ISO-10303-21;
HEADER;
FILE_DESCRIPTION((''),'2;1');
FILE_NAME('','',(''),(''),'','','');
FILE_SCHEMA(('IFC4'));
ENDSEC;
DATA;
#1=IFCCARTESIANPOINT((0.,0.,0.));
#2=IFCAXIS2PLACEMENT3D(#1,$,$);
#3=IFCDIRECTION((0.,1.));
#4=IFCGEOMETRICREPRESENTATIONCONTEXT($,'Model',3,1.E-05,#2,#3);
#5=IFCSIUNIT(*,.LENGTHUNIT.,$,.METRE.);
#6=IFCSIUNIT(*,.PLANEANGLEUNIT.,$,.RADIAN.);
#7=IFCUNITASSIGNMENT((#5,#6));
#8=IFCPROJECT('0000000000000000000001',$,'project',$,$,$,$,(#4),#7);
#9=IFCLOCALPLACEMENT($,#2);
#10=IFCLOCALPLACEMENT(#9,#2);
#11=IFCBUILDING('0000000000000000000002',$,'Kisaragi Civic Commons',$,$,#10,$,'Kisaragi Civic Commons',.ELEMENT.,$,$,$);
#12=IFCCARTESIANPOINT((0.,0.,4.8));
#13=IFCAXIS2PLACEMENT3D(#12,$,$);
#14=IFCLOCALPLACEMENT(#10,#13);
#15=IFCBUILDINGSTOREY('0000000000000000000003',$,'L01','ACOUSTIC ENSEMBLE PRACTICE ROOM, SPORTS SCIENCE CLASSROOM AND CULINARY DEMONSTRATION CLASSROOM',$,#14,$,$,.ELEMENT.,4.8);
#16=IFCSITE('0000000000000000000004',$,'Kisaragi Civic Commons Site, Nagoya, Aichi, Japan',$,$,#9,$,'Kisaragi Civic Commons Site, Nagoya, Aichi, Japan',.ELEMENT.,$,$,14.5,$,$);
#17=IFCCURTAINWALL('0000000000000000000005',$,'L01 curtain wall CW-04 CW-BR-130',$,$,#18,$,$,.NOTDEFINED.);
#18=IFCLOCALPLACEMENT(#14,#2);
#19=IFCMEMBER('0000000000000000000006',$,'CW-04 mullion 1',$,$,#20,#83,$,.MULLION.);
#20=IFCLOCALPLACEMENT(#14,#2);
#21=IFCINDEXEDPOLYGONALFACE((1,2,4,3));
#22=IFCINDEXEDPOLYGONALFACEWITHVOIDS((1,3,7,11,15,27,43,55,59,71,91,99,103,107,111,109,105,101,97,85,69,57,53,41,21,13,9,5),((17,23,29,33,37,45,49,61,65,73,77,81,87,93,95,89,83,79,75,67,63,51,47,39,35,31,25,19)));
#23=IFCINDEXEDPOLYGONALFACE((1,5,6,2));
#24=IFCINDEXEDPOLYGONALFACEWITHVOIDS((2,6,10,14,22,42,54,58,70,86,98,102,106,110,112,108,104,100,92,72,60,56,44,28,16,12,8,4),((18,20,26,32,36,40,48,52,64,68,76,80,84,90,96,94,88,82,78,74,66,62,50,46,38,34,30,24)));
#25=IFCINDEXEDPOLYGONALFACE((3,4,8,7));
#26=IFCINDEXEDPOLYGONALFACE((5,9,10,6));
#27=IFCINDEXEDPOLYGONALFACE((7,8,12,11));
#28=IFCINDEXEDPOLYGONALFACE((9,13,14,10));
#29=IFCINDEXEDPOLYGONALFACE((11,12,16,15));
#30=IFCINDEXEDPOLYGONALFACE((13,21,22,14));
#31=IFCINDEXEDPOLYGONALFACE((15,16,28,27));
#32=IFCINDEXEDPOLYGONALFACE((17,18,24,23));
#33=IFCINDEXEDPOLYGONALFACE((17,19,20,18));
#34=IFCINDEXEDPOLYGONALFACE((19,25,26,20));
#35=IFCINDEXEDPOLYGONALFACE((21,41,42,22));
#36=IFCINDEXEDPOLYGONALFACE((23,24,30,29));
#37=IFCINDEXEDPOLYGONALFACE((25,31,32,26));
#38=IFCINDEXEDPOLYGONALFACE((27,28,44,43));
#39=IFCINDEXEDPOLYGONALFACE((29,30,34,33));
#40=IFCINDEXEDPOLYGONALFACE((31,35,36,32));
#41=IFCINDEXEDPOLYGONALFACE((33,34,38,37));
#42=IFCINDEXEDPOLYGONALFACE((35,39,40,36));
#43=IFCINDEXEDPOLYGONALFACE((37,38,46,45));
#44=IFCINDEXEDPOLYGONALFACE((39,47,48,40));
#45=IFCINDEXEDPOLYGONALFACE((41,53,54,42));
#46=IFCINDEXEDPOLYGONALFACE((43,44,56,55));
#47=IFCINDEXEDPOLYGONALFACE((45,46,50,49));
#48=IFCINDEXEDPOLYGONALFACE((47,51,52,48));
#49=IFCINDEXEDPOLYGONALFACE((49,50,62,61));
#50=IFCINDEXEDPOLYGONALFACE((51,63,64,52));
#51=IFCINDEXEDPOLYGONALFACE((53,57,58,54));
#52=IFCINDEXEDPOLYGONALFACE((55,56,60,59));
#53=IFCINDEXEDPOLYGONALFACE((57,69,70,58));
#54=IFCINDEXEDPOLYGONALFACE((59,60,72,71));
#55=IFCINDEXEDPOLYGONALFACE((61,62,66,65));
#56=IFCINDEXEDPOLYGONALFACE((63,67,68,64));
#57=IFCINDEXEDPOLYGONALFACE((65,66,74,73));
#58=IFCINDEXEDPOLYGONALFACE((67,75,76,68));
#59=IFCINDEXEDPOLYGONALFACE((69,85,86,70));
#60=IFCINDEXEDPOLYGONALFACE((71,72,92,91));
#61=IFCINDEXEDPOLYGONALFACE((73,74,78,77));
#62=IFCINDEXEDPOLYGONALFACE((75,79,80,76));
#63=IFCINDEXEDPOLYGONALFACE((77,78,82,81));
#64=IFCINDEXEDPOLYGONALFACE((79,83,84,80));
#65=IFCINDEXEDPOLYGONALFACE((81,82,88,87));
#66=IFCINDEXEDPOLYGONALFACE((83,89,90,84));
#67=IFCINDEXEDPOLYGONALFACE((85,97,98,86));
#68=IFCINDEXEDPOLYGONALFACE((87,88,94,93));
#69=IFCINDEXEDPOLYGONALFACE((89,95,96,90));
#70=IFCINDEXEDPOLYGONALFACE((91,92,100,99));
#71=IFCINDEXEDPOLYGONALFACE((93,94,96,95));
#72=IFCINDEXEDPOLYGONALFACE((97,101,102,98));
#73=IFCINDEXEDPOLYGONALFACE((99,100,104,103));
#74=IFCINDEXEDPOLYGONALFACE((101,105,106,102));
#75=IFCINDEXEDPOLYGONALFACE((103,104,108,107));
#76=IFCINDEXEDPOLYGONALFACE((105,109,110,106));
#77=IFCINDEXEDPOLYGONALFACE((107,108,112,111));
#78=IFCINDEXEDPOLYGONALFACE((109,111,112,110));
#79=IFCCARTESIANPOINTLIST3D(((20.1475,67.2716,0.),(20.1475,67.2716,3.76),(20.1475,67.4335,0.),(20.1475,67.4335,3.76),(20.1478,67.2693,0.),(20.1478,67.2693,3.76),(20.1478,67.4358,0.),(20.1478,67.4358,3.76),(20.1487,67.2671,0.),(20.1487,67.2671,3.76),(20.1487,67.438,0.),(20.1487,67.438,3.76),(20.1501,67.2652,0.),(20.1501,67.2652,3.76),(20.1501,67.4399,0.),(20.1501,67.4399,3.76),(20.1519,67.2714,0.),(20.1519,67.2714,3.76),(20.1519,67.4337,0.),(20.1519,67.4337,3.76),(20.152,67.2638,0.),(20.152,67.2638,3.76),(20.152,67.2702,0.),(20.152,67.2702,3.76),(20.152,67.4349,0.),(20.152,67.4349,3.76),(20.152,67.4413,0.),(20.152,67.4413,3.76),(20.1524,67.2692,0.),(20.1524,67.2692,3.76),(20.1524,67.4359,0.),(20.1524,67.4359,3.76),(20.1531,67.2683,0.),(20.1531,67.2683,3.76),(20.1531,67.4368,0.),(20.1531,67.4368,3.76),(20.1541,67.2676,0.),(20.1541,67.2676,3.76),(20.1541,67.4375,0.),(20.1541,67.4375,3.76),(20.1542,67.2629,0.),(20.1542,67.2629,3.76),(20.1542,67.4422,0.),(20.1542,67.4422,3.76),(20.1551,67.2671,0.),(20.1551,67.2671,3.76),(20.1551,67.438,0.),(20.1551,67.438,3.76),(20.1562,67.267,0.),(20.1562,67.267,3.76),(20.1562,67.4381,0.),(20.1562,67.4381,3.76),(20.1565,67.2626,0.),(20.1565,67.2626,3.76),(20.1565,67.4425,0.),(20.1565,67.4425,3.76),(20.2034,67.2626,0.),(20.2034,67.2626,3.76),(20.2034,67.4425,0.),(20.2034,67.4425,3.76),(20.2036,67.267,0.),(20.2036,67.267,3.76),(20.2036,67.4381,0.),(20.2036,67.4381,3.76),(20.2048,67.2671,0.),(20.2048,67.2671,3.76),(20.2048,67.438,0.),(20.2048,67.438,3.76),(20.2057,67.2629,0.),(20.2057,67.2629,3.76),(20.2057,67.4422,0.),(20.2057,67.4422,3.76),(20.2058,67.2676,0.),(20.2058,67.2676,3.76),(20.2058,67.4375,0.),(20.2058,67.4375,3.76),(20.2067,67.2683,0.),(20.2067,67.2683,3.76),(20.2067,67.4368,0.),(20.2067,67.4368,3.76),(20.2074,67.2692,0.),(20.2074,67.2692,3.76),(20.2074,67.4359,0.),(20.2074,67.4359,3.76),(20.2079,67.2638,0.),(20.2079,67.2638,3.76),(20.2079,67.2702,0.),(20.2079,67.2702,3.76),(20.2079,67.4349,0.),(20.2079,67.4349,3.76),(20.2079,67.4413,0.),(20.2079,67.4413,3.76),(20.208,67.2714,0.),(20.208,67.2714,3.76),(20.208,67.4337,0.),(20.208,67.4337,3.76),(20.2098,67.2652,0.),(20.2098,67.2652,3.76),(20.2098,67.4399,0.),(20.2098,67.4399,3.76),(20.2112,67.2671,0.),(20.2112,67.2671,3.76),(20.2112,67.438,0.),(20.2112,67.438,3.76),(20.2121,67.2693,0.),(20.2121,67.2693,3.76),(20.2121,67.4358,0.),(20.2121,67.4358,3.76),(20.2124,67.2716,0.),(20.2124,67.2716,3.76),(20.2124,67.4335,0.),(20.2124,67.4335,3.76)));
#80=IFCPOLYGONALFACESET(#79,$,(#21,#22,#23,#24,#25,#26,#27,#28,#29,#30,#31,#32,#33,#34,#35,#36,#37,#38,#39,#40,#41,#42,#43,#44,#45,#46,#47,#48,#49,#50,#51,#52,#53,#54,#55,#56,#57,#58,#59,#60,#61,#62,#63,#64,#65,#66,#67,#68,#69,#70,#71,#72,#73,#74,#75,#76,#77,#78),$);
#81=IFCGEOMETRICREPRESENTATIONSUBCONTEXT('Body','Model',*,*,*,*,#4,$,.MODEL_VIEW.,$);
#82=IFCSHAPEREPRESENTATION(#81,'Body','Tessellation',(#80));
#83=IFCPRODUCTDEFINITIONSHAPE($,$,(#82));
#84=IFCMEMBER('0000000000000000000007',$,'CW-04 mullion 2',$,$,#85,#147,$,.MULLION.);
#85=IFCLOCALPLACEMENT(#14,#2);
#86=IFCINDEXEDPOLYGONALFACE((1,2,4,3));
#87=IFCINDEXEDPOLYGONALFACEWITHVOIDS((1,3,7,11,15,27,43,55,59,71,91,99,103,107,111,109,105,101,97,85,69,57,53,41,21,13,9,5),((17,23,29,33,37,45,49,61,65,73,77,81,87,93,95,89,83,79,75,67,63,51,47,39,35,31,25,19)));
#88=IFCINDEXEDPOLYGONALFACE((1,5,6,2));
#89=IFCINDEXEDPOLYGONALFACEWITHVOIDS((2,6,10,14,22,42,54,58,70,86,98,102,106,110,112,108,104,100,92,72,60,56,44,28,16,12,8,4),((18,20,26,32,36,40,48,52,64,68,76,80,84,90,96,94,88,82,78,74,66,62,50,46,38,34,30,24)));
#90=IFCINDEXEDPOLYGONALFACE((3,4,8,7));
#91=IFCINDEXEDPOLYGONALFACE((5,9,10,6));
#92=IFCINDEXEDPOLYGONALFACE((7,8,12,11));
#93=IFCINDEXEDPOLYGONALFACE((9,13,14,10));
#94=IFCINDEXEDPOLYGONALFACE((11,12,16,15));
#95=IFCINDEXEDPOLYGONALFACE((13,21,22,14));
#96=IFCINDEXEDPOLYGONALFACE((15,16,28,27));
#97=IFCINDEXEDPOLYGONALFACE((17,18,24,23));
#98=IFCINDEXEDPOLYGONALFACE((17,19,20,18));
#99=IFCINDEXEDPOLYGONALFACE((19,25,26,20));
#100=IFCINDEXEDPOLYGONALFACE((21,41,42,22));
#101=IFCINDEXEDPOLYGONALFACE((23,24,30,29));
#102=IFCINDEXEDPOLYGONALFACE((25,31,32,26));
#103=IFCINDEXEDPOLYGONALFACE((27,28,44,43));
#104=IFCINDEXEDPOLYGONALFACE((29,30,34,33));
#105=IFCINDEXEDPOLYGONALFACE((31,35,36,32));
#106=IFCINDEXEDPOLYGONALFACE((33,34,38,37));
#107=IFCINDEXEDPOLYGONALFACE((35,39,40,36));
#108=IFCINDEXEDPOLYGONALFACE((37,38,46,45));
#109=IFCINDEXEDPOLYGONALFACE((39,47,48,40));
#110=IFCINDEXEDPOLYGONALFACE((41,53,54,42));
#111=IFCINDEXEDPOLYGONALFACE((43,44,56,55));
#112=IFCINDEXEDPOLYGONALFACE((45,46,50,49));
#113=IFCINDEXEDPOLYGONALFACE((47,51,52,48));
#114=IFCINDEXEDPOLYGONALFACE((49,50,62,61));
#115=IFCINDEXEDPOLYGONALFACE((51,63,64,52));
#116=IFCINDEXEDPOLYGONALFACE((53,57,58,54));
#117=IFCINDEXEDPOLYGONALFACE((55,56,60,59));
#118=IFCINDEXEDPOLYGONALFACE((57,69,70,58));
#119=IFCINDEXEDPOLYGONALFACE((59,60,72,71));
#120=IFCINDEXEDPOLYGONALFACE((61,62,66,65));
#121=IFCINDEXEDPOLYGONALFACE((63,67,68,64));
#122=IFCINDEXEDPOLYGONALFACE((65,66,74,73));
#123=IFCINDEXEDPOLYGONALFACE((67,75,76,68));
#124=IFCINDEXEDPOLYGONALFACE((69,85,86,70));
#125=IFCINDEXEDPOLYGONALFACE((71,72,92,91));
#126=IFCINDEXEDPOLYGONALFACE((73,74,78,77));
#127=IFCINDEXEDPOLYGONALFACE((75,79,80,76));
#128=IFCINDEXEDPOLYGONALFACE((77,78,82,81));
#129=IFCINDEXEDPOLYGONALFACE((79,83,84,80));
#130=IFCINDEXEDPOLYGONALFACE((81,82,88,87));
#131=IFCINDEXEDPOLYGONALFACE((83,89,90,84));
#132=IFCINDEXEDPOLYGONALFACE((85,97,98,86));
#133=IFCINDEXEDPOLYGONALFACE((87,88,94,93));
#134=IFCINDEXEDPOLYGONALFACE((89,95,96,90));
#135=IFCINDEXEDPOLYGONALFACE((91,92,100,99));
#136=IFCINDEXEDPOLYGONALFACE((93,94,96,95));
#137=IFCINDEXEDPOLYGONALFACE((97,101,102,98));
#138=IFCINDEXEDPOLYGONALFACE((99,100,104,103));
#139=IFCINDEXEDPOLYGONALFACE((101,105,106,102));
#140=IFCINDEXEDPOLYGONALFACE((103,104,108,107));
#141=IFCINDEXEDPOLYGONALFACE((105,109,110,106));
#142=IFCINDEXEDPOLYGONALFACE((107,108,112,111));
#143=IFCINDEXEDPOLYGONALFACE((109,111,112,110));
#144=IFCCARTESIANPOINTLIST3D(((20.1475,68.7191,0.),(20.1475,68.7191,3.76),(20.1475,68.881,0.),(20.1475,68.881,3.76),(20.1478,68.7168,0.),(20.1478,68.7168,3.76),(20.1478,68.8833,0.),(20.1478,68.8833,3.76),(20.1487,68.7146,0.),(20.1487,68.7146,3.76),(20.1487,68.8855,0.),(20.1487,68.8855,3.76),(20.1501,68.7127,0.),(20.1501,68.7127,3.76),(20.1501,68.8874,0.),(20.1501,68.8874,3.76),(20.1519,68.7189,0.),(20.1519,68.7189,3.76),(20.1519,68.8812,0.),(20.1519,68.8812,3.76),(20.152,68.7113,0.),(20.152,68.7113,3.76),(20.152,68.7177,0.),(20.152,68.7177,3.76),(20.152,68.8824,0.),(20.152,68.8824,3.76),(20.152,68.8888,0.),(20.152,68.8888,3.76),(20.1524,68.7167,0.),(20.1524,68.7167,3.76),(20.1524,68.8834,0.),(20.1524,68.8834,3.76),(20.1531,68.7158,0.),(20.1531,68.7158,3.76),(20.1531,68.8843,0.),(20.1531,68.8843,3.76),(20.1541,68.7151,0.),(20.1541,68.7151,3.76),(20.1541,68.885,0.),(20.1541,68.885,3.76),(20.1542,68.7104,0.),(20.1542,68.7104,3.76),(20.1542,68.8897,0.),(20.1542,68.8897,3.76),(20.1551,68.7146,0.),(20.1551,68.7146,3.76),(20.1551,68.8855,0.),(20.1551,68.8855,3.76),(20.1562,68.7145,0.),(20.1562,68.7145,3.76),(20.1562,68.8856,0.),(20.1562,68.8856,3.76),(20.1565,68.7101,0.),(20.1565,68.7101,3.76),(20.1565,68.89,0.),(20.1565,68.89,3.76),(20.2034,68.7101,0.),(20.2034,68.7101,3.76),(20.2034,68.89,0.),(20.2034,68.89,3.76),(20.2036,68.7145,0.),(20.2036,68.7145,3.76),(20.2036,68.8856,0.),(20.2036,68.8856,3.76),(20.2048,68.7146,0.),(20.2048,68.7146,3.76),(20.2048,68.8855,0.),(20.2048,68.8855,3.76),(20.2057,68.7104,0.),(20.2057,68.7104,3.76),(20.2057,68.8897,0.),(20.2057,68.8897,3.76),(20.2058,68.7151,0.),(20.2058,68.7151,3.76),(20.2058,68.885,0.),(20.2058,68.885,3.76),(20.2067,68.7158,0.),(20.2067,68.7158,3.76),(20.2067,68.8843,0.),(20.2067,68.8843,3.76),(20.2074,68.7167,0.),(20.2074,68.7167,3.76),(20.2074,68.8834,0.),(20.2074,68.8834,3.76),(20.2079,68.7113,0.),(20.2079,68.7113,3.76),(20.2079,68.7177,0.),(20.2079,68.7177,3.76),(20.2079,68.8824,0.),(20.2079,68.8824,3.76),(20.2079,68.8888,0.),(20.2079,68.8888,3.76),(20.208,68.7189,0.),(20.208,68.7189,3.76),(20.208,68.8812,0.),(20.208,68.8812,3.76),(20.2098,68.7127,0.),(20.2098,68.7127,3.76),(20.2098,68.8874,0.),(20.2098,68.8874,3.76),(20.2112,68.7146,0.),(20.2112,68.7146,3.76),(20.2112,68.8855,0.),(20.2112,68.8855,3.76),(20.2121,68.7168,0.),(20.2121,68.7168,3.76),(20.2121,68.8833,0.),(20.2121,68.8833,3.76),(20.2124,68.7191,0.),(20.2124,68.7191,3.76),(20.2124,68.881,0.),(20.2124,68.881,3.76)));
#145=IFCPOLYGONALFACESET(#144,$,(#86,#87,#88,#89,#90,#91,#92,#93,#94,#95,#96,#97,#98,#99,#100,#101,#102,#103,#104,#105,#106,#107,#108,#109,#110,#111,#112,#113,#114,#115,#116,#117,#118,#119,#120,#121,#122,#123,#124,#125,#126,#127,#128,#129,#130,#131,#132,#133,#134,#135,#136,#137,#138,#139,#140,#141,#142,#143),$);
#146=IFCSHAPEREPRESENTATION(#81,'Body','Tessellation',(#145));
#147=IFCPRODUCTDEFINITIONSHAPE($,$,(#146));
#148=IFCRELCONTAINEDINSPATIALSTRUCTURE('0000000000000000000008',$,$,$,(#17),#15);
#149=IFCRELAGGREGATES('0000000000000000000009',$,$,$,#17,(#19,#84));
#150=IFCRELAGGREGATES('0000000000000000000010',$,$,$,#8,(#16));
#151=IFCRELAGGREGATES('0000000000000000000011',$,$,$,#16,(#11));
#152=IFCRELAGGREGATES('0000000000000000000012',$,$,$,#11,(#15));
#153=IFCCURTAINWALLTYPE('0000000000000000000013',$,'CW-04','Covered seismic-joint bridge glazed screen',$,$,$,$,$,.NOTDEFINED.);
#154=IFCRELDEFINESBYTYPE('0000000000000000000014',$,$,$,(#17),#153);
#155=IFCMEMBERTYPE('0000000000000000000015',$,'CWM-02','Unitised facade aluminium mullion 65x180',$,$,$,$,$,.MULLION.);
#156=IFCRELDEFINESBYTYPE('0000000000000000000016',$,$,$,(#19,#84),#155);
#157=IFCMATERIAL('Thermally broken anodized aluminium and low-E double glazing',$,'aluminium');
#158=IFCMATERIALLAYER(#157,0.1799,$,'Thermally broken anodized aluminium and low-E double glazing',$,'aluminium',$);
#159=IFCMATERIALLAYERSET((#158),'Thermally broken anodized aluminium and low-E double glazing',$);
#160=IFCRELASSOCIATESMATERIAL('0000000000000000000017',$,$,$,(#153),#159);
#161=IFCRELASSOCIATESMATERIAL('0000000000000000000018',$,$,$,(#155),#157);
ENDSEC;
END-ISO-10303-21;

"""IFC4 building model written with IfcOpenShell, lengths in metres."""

from ifc_helpers import new_model, si_unit, direction, frame, origin, origin_2d, place, context, subcontext, project, spatial, hollow_rectangle, extrude, material, layer, layer_set, material_profile, profile_set, type_object, element, aggregate, save


model = new_model("IFC4")

# Units and contexts
model_context = context("Model", 3, precision=1e-05, world=origin(), true_north=direction((0.0, 1.0)))
body_context = subcontext(model_context, "Body", "Model", "MODEL_VIEW")
ifc_project = project(units=[si_unit("LENGTHUNIT", "METRE"), si_unit("PLANEANGLEUNIT", "RADIAN")], contexts=[model_context])

# Site, building, storey
site_placement = place(None, origin())
site = spatial("IfcSite", under=ifc_project, at=site_placement, Name="Kisaragi Civic Commons Site, Nagoya, Aichi, Japan", LongName="Kisaragi Civic Commons Site, Nagoya, Aichi, Japan", CompositionType="ELEMENT", RefElevation=14.5)
building_placement = place(site_placement, origin())
building = spatial("IfcBuilding", under=site, at=building_placement, Name="Kisaragi Civic Commons", LongName="Kisaragi Civic Commons", CompositionType="ELEMENT")
storey_placement = place(building_placement, frame((0.0, 0.0, 4.8)))
storey = spatial("IfcBuildingStorey", under=building, at=storey_placement, Name="L01", Description="ACOUSTIC ENSEMBLE PRACTICE ROOM, SPORTS SCIENCE CLASSROOM AND CULINARY DEMONSTRATION CLASSROOM", CompositionType="ELEMENT", Elevation=4.8)

# Shared definitions
ifc_material_1 = material(Name="Thermally broken anodized aluminium and low-E double glazing", Category="aluminium")
ifc_layer_1 = layer(ifc_material_1, 0.1799, Name="Thermally broken anodized aluminium and low-E double glazing", Category="aluminium")
ifc_layer_set_1 = layer_set([ifc_layer_1], Name="Thermally broken anodized aluminium and low-E double glazing")
curtain_wall_type = type_object("IfcCurtainWallType", Name="CW-04", Description="Covered seismic-joint bridge glazed screen", PredefinedType="NOTDEFINED", material=ifc_layer_set_1)
ifc_material_profile_1 = material_profile(ifc_material_1, hollow_rectangle(XDim=0.0649, YDim=0.1799, WallThickness=0.0044, InnerFilletRadius=0.0044, OuterFilletRadius=0.009, at=origin_2d()), Name="CWM-65x180x4.5", Category="aluminium")
ifc_profile_set_1 = profile_set([ifc_material_profile_1], Name="Thermally broken anodized aluminium and low-E double glazing")
member_type_1 = type_object("IfcMemberType", Name="CWM-02", Description="Unitised facade aluminium mullion 65x180", PredefinedType="MULLION", material=ifc_profile_set_1)

# Curtain wall, members
curtain_wall_1_placement = place(storey_placement, origin())
curtain_wall_1 = element("IfcCurtainWall", 1, at=curtain_wall_1_placement, inside=storey, type_object=curtain_wall_type, Name="L01 curtain wall CW-04 CW-BR-130", PredefinedType="NOTDEFINED")
member_1_placement = place(storey_placement, frame((20.1799, 67.3525, 0.0), z_axis=(0.0, 0.0, 1.0), x_axis=(-1.0, 0.0, 0.0)))
member_1 = element("IfcMember", 2, at=member_1_placement, type_object=member_type_1, Name="CW-04 mullion 1", PredefinedType="MULLION", context=body_context, shape_type="SweptSolid", body=[
    extrude(hollow_rectangle(XDim=0.0649, YDim=0.1799, WallThickness=0.0044, InnerFilletRadius=0.0044, OuterFilletRadius=0.009, at=origin_2d()), origin(), (0.0, 0.0, 1.0), 3.76),
])
member_2_placement = place(storey_placement, frame((20.1799, 68.8, 0.0), z_axis=(0.0, 0.0, 1.0), x_axis=(-1.0, 0.0, 0.0)))
member_2 = element("IfcMember", 3, at=member_2_placement, type_object=member_type_1, Name="CW-04 mullion 2", PredefinedType="MULLION", context=body_context, shape_type="SweptSolid", body=[
    extrude(hollow_rectangle(XDim=0.0649, YDim=0.1799, WallThickness=0.0044, InnerFilletRadius=0.0044, OuterFilletRadius=0.009, at=origin_2d()), origin(), (0.0, 0.0, 1.0), 3.76),
])

aggregate(curtain_wall_1, [member_1, member_2])

save(model, "model.ifc")
